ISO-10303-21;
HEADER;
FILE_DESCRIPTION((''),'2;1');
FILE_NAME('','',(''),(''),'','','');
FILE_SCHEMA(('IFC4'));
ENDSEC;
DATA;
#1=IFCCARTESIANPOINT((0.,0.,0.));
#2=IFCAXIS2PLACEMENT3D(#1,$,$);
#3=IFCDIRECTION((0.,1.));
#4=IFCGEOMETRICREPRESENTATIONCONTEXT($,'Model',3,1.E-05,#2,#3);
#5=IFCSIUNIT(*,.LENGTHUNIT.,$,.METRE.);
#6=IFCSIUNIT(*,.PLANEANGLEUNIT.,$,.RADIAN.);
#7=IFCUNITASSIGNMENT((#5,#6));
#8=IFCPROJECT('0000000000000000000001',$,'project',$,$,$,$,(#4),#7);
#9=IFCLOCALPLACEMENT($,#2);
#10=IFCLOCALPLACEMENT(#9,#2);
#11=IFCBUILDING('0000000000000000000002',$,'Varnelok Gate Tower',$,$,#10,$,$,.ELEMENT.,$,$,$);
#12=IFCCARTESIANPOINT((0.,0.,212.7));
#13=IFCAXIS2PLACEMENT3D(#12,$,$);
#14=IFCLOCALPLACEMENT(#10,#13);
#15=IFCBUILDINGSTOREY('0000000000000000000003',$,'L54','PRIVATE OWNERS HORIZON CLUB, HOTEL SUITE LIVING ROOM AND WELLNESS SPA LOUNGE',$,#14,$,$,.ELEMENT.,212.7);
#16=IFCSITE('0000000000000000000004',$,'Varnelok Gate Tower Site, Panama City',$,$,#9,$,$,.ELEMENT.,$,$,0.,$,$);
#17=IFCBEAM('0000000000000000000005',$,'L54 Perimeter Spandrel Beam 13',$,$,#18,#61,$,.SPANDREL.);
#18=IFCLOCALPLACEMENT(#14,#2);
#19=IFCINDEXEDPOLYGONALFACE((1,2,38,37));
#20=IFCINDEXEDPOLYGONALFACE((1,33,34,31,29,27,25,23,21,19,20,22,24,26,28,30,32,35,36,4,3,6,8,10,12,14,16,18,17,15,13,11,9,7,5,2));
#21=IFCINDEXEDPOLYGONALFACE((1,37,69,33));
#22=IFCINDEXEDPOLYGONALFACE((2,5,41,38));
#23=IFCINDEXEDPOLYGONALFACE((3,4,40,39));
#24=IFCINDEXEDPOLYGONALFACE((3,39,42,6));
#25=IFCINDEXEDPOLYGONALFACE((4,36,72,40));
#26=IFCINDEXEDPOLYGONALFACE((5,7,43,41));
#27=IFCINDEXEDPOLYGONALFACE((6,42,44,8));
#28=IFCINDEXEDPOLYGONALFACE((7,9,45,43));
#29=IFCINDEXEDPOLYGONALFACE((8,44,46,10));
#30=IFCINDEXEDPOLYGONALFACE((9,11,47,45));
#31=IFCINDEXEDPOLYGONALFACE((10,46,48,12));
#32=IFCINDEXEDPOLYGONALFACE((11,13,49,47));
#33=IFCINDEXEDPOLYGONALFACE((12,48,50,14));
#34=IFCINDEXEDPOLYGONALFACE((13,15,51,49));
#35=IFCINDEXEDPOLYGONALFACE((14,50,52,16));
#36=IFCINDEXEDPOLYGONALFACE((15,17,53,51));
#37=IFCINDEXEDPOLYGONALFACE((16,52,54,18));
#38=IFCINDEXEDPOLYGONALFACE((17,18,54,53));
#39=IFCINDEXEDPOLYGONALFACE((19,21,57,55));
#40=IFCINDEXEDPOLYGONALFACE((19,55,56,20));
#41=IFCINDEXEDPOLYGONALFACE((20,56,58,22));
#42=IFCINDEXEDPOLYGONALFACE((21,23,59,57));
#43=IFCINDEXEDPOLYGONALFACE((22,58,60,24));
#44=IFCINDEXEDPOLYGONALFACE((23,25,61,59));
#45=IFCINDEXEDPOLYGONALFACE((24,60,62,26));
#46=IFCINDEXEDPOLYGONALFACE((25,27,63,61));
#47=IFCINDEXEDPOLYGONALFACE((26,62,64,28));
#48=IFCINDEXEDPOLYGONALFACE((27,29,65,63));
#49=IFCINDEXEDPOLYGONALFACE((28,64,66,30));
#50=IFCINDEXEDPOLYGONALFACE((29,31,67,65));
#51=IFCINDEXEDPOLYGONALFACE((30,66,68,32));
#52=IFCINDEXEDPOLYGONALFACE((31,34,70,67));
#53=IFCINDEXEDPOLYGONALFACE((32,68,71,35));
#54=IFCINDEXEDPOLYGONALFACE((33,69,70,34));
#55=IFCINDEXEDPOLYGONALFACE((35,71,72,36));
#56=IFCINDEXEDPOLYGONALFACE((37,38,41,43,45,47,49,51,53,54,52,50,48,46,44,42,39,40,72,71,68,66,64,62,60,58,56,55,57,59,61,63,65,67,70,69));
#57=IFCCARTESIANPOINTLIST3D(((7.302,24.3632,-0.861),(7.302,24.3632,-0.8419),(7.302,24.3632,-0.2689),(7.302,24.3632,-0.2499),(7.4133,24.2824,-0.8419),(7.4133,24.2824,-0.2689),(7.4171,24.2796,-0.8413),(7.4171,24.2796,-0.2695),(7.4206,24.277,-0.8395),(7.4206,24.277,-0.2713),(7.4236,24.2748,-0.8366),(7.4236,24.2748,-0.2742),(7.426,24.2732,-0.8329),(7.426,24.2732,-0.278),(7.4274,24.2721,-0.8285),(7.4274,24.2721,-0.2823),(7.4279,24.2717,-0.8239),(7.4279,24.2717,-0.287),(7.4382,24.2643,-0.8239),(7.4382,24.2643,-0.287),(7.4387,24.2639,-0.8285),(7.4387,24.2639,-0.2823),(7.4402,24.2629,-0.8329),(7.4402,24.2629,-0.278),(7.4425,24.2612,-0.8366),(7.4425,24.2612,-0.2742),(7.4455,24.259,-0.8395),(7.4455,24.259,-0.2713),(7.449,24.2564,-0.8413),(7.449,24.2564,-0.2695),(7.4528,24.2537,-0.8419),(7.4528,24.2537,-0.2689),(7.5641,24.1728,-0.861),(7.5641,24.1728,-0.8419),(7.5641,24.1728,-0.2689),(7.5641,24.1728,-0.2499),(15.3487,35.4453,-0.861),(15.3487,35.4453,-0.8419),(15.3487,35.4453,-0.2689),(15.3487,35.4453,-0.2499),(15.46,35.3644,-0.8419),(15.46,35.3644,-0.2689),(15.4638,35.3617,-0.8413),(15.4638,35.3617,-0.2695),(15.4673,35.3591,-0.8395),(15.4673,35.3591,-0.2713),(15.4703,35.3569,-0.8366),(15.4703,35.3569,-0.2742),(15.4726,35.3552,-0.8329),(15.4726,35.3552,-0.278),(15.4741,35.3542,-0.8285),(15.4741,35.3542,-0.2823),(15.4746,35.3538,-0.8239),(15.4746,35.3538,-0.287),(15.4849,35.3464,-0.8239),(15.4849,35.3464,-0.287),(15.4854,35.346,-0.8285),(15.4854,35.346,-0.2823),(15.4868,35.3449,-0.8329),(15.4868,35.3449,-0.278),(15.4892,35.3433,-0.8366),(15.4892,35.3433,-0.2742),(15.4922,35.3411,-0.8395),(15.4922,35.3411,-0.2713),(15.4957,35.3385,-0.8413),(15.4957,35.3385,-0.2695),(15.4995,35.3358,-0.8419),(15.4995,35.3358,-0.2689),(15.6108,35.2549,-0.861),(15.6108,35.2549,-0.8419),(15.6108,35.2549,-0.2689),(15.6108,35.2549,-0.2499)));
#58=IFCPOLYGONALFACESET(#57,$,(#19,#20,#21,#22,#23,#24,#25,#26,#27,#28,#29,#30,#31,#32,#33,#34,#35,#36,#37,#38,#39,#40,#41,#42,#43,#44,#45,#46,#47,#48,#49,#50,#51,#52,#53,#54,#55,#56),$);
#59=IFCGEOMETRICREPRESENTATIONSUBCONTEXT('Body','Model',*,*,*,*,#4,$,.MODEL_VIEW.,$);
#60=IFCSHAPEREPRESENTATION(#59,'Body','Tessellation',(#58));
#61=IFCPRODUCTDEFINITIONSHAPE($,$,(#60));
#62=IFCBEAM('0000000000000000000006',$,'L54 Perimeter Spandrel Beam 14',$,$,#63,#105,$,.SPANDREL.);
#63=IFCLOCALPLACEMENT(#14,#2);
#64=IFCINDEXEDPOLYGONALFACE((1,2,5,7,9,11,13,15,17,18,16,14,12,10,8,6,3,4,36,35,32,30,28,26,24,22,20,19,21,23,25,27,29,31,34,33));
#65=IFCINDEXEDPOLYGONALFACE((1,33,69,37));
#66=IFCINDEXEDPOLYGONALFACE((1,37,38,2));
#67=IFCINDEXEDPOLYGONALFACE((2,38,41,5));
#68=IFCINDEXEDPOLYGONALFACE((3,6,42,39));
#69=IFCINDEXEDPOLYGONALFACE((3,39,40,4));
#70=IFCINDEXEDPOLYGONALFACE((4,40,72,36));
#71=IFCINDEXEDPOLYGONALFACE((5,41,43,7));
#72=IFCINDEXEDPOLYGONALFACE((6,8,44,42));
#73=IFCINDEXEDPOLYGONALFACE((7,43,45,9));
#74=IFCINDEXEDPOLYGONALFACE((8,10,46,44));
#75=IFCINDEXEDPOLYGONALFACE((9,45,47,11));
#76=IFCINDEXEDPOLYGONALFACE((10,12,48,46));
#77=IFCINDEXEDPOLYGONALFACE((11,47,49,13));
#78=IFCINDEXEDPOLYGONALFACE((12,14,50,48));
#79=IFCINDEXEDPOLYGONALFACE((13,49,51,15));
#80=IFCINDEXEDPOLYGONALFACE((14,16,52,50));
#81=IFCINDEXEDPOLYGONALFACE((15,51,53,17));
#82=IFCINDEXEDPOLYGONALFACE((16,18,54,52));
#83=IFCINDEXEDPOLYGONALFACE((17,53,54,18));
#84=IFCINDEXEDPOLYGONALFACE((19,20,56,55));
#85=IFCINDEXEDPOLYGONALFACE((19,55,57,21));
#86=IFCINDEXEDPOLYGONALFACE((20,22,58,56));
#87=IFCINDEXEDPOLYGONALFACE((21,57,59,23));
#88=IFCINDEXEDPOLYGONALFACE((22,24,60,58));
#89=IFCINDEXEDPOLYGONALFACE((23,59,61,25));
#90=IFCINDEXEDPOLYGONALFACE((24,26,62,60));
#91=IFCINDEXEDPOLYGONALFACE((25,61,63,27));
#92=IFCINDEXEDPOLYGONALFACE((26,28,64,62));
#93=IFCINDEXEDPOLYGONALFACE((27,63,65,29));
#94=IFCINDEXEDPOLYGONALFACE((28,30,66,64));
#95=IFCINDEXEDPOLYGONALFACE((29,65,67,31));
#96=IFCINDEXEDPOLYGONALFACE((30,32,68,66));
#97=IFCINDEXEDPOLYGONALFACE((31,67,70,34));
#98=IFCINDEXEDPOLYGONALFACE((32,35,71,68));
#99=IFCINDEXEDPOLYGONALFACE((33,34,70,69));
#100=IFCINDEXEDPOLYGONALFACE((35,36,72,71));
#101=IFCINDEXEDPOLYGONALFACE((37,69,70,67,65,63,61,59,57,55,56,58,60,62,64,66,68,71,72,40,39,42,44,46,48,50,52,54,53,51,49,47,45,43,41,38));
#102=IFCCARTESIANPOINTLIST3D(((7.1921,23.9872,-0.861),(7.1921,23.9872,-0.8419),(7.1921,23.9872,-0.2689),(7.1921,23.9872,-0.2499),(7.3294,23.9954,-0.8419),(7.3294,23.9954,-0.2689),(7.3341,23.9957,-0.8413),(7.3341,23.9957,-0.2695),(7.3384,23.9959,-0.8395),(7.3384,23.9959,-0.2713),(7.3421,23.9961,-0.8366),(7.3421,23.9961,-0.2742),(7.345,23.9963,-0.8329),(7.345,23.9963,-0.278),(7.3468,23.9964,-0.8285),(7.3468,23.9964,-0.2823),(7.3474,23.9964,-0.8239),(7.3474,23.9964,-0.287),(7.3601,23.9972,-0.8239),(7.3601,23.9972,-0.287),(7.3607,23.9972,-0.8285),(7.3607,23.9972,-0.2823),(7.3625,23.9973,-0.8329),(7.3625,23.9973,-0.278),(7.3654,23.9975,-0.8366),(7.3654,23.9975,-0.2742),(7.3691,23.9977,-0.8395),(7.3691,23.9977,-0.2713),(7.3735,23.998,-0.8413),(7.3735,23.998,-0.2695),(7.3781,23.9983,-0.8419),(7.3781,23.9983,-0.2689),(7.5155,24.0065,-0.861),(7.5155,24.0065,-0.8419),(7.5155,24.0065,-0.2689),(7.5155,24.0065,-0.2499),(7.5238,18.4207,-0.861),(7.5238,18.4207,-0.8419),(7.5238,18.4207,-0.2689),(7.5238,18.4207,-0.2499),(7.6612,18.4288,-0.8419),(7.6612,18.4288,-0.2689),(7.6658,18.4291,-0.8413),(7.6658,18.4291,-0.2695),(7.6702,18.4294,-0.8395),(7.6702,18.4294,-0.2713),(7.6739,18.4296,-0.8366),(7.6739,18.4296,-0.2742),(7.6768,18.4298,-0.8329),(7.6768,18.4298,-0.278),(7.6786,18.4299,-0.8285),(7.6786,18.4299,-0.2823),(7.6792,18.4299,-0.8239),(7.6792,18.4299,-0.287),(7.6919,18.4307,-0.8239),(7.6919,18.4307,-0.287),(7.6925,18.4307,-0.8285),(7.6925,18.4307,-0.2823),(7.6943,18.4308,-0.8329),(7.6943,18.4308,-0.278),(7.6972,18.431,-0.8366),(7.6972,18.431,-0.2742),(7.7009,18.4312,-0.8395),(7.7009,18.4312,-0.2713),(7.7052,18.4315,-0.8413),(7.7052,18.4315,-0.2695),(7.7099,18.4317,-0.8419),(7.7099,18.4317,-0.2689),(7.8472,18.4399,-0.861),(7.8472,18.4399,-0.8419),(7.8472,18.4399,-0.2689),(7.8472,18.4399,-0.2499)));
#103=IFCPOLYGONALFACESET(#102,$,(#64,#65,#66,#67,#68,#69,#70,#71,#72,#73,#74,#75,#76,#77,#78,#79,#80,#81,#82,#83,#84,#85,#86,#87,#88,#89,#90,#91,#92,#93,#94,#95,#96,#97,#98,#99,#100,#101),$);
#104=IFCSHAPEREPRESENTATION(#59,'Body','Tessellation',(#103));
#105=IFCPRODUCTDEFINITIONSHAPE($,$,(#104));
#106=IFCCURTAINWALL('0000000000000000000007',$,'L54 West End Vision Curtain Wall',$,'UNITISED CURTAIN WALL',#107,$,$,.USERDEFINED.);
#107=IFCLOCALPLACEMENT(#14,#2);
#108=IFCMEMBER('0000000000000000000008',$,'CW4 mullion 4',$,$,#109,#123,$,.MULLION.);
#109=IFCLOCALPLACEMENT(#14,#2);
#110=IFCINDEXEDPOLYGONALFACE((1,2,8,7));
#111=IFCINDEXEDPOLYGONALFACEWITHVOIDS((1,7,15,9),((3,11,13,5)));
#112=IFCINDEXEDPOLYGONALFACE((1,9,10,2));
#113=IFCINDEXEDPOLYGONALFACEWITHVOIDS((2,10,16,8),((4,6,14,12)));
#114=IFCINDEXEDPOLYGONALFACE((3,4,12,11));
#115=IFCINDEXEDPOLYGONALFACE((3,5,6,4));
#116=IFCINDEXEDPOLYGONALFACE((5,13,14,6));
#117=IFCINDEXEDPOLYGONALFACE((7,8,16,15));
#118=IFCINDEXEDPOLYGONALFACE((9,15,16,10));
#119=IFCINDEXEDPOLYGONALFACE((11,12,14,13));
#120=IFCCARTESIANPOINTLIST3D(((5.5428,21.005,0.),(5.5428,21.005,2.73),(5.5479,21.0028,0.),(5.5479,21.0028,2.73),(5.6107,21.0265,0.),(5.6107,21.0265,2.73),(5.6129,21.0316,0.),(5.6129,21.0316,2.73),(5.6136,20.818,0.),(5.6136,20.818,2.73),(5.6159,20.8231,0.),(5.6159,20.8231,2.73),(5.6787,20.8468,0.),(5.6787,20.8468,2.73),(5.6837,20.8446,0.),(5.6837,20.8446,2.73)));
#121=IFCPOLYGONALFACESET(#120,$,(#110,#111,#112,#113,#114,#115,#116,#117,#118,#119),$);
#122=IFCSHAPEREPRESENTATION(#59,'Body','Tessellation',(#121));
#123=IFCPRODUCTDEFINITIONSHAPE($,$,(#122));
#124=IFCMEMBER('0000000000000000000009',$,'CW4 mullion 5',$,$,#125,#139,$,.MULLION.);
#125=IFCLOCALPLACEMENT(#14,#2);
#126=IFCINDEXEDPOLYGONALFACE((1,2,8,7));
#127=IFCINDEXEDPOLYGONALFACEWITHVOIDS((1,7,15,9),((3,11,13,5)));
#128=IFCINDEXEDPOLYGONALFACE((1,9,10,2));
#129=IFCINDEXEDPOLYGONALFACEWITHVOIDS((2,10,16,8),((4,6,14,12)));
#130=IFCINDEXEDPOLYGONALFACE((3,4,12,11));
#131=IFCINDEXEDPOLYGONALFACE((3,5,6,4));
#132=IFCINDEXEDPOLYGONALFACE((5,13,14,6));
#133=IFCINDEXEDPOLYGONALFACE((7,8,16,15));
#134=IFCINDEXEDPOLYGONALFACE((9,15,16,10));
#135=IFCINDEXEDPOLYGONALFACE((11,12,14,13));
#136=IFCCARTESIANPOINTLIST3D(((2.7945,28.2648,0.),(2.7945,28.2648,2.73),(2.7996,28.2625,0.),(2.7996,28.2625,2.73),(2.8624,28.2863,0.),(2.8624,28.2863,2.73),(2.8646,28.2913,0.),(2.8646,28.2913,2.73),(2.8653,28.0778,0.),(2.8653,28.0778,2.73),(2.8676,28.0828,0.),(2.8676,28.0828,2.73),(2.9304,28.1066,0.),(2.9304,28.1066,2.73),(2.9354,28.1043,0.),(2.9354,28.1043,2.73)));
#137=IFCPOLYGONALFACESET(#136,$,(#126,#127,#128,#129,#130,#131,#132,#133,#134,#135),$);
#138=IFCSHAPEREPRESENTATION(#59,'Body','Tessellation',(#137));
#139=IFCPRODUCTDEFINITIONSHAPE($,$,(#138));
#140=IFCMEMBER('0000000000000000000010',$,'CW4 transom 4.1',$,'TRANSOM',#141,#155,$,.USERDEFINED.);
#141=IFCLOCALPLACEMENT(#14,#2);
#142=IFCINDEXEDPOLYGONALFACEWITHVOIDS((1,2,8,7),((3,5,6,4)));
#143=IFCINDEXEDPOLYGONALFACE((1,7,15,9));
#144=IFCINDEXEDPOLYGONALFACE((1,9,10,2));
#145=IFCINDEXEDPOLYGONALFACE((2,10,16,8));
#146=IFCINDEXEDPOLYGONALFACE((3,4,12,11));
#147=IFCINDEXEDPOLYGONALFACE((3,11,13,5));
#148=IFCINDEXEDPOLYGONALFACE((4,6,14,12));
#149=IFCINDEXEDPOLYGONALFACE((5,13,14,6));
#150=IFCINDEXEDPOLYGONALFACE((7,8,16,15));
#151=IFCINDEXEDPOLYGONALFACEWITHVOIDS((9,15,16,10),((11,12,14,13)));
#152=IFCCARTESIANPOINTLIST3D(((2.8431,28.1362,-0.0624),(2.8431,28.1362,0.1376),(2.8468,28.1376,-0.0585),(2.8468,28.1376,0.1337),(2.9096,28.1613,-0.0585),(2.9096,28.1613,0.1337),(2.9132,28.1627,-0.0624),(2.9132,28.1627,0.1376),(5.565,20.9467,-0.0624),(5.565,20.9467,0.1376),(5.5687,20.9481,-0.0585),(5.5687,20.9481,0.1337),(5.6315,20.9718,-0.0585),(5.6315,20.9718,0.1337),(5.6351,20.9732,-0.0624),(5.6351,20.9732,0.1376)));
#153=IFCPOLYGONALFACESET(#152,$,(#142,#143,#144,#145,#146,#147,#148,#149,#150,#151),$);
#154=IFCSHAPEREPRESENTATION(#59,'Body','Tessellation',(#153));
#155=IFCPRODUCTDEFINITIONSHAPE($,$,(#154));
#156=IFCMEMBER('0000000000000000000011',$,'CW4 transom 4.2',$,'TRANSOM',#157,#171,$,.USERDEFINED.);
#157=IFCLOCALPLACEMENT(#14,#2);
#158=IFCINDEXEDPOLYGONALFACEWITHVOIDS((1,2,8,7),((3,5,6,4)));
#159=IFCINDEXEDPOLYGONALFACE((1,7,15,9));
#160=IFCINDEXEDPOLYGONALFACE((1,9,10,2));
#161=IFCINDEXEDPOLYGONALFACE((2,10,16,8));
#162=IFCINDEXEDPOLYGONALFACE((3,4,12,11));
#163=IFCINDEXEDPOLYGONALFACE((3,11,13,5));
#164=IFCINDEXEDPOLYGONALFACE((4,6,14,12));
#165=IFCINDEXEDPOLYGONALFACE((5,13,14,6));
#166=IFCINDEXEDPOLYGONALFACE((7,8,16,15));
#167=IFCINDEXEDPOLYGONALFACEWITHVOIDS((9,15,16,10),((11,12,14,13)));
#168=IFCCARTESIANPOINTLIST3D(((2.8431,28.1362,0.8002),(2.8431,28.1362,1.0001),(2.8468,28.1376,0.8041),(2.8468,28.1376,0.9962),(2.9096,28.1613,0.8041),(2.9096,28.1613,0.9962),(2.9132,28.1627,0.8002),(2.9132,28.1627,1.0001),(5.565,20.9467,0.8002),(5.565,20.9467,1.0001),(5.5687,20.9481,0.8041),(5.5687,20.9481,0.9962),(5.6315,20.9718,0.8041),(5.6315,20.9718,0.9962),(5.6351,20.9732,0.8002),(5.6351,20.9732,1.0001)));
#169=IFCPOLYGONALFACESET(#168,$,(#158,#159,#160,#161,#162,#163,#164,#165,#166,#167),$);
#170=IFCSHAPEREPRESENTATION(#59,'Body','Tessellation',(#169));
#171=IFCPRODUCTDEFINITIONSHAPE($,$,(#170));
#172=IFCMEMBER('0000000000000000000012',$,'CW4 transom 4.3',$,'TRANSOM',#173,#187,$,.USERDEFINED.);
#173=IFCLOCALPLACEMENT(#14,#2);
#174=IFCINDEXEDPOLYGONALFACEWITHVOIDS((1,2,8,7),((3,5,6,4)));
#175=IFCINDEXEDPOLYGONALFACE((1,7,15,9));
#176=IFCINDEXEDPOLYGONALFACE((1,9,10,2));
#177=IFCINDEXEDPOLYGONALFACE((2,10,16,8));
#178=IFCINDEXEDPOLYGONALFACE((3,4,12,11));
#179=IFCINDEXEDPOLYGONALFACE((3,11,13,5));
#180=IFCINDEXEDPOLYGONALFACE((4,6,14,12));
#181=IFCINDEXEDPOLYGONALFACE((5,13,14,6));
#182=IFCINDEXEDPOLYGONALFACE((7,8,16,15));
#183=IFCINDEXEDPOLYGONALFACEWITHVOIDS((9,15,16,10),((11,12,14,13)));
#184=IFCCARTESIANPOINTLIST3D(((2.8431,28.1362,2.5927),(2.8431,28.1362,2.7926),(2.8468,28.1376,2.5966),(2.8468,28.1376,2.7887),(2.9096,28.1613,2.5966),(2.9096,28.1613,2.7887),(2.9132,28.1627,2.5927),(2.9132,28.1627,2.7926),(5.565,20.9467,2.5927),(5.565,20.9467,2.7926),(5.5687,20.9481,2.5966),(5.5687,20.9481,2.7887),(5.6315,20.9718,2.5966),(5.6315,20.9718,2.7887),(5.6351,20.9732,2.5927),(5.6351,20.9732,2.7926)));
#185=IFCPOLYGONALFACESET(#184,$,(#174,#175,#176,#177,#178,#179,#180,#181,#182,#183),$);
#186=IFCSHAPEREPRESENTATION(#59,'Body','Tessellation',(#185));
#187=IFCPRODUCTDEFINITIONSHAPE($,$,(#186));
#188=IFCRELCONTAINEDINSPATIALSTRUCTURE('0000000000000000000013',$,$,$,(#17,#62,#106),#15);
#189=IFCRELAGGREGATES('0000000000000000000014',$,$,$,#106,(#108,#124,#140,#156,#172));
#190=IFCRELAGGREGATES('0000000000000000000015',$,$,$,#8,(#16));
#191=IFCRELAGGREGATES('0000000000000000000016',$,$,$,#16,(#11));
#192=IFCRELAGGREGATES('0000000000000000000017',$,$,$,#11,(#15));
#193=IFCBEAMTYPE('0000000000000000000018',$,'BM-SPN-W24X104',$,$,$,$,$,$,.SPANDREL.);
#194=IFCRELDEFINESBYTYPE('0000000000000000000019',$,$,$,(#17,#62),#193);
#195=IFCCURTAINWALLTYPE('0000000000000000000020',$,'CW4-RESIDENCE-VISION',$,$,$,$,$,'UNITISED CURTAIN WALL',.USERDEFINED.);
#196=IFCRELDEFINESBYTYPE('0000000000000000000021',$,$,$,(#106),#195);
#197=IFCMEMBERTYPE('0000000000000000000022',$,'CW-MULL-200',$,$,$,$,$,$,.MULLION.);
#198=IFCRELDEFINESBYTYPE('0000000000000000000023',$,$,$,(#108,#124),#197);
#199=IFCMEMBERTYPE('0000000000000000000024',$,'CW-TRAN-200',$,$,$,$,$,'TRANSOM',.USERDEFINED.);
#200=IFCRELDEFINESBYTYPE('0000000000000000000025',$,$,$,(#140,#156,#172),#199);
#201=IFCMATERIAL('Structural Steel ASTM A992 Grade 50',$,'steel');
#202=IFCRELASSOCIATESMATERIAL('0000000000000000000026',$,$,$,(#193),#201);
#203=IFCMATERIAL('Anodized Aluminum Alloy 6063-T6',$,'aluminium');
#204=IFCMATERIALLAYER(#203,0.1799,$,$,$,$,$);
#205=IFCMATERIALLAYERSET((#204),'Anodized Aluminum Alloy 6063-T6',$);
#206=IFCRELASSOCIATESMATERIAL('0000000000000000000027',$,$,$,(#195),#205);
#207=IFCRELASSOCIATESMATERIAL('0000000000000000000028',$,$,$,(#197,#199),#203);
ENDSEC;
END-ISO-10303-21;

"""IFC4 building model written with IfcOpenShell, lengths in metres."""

from ifc_helpers import new_model, si_unit, direction, frame, origin, origin_2d, place, context, subcontext, project, spatial, hollow_rectangle, i_section, extrude, material, layer, layer_set, material_profile, profile_set, type_object, element, aggregate, save


model = new_model("IFC4")

# Units and contexts
model_context = context("Model", 3, precision=1e-05, world=origin(), true_north=direction((0.0, 1.0)))
body_context = subcontext(model_context, "Body", "Model", "MODEL_VIEW")
ifc_project = project(units=[si_unit("LENGTHUNIT", "METRE"), si_unit("PLANEANGLEUNIT", "RADIAN")], contexts=[model_context])

# Site, building, storey
site_placement = place(None, origin())
site = spatial("IfcSite", under=ifc_project, at=site_placement, Name="Varnelok Gate Tower Site, Panama City", CompositionType="ELEMENT", RefElevation=0.0)
building_placement = place(site_placement, origin())
building = spatial("IfcBuilding", under=site, at=building_placement, Name="Varnelok Gate Tower", CompositionType="ELEMENT")
storey_placement = place(building_placement, frame((0.0, 0.0, 212.7)))
storey = spatial("IfcBuildingStorey", under=building, at=storey_placement, Name="L54", Description="PRIVATE OWNERS HORIZON CLUB, HOTEL SUITE LIVING ROOM AND WELLNESS SPA LOUNGE", CompositionType="ELEMENT", Elevation=212.7)

# Shared definitions
ifc_material_1 = material(Name="Structural Steel ASTM A992 Grade 50", Category="steel")

# Beams
ifc_material_profile_1 = material_profile(ifc_material_1, i_section(OverallWidth=0.324, OverallDepth=0.6111, WebThickness=0.0127, FlangeThickness=0.019, FilletRadius=0.0181, at=origin_2d()), Name="W24X104")
ifc_profile_set_1 = profile_set([ifc_material_profile_1], Name="Structural Steel ASTM A992 Grade 50")
beam_type_1 = type_object("IfcBeamType", Name="BM-SPN-W24X104", PredefinedType="SPANDREL", material=ifc_profile_set_1)
beam_1_placement = place(storey_placement, frame((15.4797, 35.3501, -0.5554), z_axis=(-0.587549, -0.809188, 0.0), x_axis=(0.809188, -0.587549, 0.0)))
element("IfcBeam", 1, at=beam_1_placement, inside=storey, type_object=beam_type_1, Name="L54 Perimeter Spandrel Beam 13", PredefinedType="SPANDREL", context=body_context, shape_type="SweptSolid", body=[
    extrude(i_section(OverallWidth=0.324, OverallDepth=0.6111, WebThickness=0.0127, FlangeThickness=0.019, FilletRadius=0.0181, at=origin_2d()), origin(), (0.0, 0.0, 1.0), 13.6953),
])
beam_2_placement = place(storey_placement, frame((7.3538, 23.9968, -0.5554), z_axis=(0.059497, -0.998228, 0.0), x_axis=(0.998228, 0.059497, 0.0)))
element("IfcBeam", 2, at=beam_2_placement, inside=storey, type_object=beam_type_1, Name="L54 Perimeter Spandrel Beam 14", PredefinedType="SPANDREL", context=body_context, shape_type="SweptSolid", body=[
    extrude(i_section(OverallWidth=0.324, OverallDepth=0.6111, WebThickness=0.0127, FlangeThickness=0.019, FilletRadius=0.0181, at=origin_2d()), origin(), (0.0, 0.0, 1.0), 5.5764),
])

# Curtain wall, members
ifc_material_2 = material(Name="Anodized Aluminum Alloy 6063-T6", Category="aluminium")
ifc_layer_1 = layer(ifc_material_2, 0.1799)
ifc_layer_set_1 = layer_set([ifc_layer_1], Name="Anodized Aluminum Alloy 6063-T6")
curtain_wall_type = type_object("IfcCurtainWallType", Name="CW4-RESIDENCE-VISION", ElementType="UNITISED CURTAIN WALL", PredefinedType="USERDEFINED", material=ifc_layer_set_1)
curtain_wall_placement = place(storey_placement, origin())
curtain_wall = element("IfcCurtainWall", 3, at=curtain_wall_placement, inside=storey, type_object=curtain_wall_type, Name="L54 West End Vision Curtain Wall", ObjectType="UNITISED CURTAIN WALL", PredefinedType="USERDEFINED")
ifc_material_profile_2 = material_profile(ifc_material_2, hollow_rectangle(XDim=0.075, YDim=0.2, WallThickness=0.0039, at=origin_2d()), Name="ALU200X75X4")
ifc_profile_set_2 = profile_set([ifc_material_profile_2], Name="Anodized Aluminum Alloy 6063-T6")
member_type_1 = type_object("IfcMemberType", Name="CW-MULL-200", PredefinedType="MULLION", material=ifc_profile_set_2)
member_1_placement = place(storey_placement, frame((5.6133, 20.9248, 0.0), z_axis=(0.0, 0.0, 1.0), x_axis=(-0.935222, -0.354063, 0.0)))
member_1 = element("IfcMember", 4, at=member_1_placement, type_object=member_type_1, Name="CW4 mullion 4", PredefinedType="MULLION", context=body_context, shape_type="SweptSolid", body=[
    extrude(hollow_rectangle(XDim=0.075, YDim=0.2, WallThickness=0.0039, at=origin_2d()), origin(), (0.0, 0.0, 1.0), 2.73),
])
member_2_placement = place(storey_placement, frame((2.865, 28.1846, 0.0), z_axis=(0.0, 0.0, 1.0), x_axis=(-0.935222, -0.354063, 0.0)))
member_2 = element("IfcMember", 5, at=member_2_placement, type_object=member_type_1, Name="CW4 mullion 5", PredefinedType="MULLION", context=body_context, shape_type="SweptSolid", body=[
    extrude(hollow_rectangle(XDim=0.075, YDim=0.2, WallThickness=0.0039, at=origin_2d()), origin(), (0.0, 0.0, 1.0), 2.73),
])
ifc_material_profile_3 = material_profile(ifc_material_2, hollow_rectangle(XDim=0.075, YDim=0.2, WallThickness=0.0039, at=origin_2d()), Name="ALU200X75X4")
ifc_profile_set_3 = profile_set([ifc_material_profile_3], Name="Anodized Aluminum Alloy 6063-T6")
member_type_2 = type_object("IfcMemberType", Name="CW-TRAN-200", ElementType="TRANSOM", PredefinedType="USERDEFINED", material=ifc_profile_set_3)
member_3_placement = place(storey_placement, frame((5.6001, 20.96, 0.0376), z_axis=(-0.354073, 0.935218, 0.0), x_axis=(-0.935218, -0.354073, 0.0)))
member_3 = element("IfcMember", 6, at=member_3_placement, type_object=member_type_2, Name="CW4 transom 4.1", ObjectType="TRANSOM", PredefinedType="USERDEFINED", context=body_context, shape_type="SweptSolid", body=[
    extrude(hollow_rectangle(XDim=0.075, YDim=0.2, WallThickness=0.0039, at=origin_2d()), origin(), (0.0, 0.0, 1.0), 7.6875),
])
member_4_placement = place(storey_placement, frame((5.6001, 20.96, 0.9001), z_axis=(-0.354073, 0.935218, 0.0), x_axis=(-0.935218, -0.354073, 0.0)))
member_4 = element("IfcMember", 7, at=member_4_placement, type_object=member_type_2, Name="CW4 transom 4.2", ObjectType="TRANSOM", PredefinedType="USERDEFINED", context=body_context, shape_type="SweptSolid", body=[
    extrude(hollow_rectangle(XDim=0.075, YDim=0.2, WallThickness=0.0039, at=origin_2d()), origin(), (0.0, 0.0, 1.0), 7.6875),
])
member_5_placement = place(storey_placement, frame((5.6001, 20.96, 2.6926), z_axis=(-0.354073, 0.935218, 0.0), x_axis=(-0.935218, -0.354073, 0.0)))
member_5 = element("IfcMember", 8, at=member_5_placement, type_object=member_type_2, Name="CW4 transom 4.3", ObjectType="TRANSOM", PredefinedType="USERDEFINED", context=body_context, shape_type="SweptSolid", body=[
    extrude(hollow_rectangle(XDim=0.075, YDim=0.2, WallThickness=0.0039, at=origin_2d()), origin(), (0.0, 0.0, 1.0), 7.6875),
])
aggregate(curtain_wall, [member_1, member_2, member_3, member_4, member_5])

save(model, "model.ifc")
